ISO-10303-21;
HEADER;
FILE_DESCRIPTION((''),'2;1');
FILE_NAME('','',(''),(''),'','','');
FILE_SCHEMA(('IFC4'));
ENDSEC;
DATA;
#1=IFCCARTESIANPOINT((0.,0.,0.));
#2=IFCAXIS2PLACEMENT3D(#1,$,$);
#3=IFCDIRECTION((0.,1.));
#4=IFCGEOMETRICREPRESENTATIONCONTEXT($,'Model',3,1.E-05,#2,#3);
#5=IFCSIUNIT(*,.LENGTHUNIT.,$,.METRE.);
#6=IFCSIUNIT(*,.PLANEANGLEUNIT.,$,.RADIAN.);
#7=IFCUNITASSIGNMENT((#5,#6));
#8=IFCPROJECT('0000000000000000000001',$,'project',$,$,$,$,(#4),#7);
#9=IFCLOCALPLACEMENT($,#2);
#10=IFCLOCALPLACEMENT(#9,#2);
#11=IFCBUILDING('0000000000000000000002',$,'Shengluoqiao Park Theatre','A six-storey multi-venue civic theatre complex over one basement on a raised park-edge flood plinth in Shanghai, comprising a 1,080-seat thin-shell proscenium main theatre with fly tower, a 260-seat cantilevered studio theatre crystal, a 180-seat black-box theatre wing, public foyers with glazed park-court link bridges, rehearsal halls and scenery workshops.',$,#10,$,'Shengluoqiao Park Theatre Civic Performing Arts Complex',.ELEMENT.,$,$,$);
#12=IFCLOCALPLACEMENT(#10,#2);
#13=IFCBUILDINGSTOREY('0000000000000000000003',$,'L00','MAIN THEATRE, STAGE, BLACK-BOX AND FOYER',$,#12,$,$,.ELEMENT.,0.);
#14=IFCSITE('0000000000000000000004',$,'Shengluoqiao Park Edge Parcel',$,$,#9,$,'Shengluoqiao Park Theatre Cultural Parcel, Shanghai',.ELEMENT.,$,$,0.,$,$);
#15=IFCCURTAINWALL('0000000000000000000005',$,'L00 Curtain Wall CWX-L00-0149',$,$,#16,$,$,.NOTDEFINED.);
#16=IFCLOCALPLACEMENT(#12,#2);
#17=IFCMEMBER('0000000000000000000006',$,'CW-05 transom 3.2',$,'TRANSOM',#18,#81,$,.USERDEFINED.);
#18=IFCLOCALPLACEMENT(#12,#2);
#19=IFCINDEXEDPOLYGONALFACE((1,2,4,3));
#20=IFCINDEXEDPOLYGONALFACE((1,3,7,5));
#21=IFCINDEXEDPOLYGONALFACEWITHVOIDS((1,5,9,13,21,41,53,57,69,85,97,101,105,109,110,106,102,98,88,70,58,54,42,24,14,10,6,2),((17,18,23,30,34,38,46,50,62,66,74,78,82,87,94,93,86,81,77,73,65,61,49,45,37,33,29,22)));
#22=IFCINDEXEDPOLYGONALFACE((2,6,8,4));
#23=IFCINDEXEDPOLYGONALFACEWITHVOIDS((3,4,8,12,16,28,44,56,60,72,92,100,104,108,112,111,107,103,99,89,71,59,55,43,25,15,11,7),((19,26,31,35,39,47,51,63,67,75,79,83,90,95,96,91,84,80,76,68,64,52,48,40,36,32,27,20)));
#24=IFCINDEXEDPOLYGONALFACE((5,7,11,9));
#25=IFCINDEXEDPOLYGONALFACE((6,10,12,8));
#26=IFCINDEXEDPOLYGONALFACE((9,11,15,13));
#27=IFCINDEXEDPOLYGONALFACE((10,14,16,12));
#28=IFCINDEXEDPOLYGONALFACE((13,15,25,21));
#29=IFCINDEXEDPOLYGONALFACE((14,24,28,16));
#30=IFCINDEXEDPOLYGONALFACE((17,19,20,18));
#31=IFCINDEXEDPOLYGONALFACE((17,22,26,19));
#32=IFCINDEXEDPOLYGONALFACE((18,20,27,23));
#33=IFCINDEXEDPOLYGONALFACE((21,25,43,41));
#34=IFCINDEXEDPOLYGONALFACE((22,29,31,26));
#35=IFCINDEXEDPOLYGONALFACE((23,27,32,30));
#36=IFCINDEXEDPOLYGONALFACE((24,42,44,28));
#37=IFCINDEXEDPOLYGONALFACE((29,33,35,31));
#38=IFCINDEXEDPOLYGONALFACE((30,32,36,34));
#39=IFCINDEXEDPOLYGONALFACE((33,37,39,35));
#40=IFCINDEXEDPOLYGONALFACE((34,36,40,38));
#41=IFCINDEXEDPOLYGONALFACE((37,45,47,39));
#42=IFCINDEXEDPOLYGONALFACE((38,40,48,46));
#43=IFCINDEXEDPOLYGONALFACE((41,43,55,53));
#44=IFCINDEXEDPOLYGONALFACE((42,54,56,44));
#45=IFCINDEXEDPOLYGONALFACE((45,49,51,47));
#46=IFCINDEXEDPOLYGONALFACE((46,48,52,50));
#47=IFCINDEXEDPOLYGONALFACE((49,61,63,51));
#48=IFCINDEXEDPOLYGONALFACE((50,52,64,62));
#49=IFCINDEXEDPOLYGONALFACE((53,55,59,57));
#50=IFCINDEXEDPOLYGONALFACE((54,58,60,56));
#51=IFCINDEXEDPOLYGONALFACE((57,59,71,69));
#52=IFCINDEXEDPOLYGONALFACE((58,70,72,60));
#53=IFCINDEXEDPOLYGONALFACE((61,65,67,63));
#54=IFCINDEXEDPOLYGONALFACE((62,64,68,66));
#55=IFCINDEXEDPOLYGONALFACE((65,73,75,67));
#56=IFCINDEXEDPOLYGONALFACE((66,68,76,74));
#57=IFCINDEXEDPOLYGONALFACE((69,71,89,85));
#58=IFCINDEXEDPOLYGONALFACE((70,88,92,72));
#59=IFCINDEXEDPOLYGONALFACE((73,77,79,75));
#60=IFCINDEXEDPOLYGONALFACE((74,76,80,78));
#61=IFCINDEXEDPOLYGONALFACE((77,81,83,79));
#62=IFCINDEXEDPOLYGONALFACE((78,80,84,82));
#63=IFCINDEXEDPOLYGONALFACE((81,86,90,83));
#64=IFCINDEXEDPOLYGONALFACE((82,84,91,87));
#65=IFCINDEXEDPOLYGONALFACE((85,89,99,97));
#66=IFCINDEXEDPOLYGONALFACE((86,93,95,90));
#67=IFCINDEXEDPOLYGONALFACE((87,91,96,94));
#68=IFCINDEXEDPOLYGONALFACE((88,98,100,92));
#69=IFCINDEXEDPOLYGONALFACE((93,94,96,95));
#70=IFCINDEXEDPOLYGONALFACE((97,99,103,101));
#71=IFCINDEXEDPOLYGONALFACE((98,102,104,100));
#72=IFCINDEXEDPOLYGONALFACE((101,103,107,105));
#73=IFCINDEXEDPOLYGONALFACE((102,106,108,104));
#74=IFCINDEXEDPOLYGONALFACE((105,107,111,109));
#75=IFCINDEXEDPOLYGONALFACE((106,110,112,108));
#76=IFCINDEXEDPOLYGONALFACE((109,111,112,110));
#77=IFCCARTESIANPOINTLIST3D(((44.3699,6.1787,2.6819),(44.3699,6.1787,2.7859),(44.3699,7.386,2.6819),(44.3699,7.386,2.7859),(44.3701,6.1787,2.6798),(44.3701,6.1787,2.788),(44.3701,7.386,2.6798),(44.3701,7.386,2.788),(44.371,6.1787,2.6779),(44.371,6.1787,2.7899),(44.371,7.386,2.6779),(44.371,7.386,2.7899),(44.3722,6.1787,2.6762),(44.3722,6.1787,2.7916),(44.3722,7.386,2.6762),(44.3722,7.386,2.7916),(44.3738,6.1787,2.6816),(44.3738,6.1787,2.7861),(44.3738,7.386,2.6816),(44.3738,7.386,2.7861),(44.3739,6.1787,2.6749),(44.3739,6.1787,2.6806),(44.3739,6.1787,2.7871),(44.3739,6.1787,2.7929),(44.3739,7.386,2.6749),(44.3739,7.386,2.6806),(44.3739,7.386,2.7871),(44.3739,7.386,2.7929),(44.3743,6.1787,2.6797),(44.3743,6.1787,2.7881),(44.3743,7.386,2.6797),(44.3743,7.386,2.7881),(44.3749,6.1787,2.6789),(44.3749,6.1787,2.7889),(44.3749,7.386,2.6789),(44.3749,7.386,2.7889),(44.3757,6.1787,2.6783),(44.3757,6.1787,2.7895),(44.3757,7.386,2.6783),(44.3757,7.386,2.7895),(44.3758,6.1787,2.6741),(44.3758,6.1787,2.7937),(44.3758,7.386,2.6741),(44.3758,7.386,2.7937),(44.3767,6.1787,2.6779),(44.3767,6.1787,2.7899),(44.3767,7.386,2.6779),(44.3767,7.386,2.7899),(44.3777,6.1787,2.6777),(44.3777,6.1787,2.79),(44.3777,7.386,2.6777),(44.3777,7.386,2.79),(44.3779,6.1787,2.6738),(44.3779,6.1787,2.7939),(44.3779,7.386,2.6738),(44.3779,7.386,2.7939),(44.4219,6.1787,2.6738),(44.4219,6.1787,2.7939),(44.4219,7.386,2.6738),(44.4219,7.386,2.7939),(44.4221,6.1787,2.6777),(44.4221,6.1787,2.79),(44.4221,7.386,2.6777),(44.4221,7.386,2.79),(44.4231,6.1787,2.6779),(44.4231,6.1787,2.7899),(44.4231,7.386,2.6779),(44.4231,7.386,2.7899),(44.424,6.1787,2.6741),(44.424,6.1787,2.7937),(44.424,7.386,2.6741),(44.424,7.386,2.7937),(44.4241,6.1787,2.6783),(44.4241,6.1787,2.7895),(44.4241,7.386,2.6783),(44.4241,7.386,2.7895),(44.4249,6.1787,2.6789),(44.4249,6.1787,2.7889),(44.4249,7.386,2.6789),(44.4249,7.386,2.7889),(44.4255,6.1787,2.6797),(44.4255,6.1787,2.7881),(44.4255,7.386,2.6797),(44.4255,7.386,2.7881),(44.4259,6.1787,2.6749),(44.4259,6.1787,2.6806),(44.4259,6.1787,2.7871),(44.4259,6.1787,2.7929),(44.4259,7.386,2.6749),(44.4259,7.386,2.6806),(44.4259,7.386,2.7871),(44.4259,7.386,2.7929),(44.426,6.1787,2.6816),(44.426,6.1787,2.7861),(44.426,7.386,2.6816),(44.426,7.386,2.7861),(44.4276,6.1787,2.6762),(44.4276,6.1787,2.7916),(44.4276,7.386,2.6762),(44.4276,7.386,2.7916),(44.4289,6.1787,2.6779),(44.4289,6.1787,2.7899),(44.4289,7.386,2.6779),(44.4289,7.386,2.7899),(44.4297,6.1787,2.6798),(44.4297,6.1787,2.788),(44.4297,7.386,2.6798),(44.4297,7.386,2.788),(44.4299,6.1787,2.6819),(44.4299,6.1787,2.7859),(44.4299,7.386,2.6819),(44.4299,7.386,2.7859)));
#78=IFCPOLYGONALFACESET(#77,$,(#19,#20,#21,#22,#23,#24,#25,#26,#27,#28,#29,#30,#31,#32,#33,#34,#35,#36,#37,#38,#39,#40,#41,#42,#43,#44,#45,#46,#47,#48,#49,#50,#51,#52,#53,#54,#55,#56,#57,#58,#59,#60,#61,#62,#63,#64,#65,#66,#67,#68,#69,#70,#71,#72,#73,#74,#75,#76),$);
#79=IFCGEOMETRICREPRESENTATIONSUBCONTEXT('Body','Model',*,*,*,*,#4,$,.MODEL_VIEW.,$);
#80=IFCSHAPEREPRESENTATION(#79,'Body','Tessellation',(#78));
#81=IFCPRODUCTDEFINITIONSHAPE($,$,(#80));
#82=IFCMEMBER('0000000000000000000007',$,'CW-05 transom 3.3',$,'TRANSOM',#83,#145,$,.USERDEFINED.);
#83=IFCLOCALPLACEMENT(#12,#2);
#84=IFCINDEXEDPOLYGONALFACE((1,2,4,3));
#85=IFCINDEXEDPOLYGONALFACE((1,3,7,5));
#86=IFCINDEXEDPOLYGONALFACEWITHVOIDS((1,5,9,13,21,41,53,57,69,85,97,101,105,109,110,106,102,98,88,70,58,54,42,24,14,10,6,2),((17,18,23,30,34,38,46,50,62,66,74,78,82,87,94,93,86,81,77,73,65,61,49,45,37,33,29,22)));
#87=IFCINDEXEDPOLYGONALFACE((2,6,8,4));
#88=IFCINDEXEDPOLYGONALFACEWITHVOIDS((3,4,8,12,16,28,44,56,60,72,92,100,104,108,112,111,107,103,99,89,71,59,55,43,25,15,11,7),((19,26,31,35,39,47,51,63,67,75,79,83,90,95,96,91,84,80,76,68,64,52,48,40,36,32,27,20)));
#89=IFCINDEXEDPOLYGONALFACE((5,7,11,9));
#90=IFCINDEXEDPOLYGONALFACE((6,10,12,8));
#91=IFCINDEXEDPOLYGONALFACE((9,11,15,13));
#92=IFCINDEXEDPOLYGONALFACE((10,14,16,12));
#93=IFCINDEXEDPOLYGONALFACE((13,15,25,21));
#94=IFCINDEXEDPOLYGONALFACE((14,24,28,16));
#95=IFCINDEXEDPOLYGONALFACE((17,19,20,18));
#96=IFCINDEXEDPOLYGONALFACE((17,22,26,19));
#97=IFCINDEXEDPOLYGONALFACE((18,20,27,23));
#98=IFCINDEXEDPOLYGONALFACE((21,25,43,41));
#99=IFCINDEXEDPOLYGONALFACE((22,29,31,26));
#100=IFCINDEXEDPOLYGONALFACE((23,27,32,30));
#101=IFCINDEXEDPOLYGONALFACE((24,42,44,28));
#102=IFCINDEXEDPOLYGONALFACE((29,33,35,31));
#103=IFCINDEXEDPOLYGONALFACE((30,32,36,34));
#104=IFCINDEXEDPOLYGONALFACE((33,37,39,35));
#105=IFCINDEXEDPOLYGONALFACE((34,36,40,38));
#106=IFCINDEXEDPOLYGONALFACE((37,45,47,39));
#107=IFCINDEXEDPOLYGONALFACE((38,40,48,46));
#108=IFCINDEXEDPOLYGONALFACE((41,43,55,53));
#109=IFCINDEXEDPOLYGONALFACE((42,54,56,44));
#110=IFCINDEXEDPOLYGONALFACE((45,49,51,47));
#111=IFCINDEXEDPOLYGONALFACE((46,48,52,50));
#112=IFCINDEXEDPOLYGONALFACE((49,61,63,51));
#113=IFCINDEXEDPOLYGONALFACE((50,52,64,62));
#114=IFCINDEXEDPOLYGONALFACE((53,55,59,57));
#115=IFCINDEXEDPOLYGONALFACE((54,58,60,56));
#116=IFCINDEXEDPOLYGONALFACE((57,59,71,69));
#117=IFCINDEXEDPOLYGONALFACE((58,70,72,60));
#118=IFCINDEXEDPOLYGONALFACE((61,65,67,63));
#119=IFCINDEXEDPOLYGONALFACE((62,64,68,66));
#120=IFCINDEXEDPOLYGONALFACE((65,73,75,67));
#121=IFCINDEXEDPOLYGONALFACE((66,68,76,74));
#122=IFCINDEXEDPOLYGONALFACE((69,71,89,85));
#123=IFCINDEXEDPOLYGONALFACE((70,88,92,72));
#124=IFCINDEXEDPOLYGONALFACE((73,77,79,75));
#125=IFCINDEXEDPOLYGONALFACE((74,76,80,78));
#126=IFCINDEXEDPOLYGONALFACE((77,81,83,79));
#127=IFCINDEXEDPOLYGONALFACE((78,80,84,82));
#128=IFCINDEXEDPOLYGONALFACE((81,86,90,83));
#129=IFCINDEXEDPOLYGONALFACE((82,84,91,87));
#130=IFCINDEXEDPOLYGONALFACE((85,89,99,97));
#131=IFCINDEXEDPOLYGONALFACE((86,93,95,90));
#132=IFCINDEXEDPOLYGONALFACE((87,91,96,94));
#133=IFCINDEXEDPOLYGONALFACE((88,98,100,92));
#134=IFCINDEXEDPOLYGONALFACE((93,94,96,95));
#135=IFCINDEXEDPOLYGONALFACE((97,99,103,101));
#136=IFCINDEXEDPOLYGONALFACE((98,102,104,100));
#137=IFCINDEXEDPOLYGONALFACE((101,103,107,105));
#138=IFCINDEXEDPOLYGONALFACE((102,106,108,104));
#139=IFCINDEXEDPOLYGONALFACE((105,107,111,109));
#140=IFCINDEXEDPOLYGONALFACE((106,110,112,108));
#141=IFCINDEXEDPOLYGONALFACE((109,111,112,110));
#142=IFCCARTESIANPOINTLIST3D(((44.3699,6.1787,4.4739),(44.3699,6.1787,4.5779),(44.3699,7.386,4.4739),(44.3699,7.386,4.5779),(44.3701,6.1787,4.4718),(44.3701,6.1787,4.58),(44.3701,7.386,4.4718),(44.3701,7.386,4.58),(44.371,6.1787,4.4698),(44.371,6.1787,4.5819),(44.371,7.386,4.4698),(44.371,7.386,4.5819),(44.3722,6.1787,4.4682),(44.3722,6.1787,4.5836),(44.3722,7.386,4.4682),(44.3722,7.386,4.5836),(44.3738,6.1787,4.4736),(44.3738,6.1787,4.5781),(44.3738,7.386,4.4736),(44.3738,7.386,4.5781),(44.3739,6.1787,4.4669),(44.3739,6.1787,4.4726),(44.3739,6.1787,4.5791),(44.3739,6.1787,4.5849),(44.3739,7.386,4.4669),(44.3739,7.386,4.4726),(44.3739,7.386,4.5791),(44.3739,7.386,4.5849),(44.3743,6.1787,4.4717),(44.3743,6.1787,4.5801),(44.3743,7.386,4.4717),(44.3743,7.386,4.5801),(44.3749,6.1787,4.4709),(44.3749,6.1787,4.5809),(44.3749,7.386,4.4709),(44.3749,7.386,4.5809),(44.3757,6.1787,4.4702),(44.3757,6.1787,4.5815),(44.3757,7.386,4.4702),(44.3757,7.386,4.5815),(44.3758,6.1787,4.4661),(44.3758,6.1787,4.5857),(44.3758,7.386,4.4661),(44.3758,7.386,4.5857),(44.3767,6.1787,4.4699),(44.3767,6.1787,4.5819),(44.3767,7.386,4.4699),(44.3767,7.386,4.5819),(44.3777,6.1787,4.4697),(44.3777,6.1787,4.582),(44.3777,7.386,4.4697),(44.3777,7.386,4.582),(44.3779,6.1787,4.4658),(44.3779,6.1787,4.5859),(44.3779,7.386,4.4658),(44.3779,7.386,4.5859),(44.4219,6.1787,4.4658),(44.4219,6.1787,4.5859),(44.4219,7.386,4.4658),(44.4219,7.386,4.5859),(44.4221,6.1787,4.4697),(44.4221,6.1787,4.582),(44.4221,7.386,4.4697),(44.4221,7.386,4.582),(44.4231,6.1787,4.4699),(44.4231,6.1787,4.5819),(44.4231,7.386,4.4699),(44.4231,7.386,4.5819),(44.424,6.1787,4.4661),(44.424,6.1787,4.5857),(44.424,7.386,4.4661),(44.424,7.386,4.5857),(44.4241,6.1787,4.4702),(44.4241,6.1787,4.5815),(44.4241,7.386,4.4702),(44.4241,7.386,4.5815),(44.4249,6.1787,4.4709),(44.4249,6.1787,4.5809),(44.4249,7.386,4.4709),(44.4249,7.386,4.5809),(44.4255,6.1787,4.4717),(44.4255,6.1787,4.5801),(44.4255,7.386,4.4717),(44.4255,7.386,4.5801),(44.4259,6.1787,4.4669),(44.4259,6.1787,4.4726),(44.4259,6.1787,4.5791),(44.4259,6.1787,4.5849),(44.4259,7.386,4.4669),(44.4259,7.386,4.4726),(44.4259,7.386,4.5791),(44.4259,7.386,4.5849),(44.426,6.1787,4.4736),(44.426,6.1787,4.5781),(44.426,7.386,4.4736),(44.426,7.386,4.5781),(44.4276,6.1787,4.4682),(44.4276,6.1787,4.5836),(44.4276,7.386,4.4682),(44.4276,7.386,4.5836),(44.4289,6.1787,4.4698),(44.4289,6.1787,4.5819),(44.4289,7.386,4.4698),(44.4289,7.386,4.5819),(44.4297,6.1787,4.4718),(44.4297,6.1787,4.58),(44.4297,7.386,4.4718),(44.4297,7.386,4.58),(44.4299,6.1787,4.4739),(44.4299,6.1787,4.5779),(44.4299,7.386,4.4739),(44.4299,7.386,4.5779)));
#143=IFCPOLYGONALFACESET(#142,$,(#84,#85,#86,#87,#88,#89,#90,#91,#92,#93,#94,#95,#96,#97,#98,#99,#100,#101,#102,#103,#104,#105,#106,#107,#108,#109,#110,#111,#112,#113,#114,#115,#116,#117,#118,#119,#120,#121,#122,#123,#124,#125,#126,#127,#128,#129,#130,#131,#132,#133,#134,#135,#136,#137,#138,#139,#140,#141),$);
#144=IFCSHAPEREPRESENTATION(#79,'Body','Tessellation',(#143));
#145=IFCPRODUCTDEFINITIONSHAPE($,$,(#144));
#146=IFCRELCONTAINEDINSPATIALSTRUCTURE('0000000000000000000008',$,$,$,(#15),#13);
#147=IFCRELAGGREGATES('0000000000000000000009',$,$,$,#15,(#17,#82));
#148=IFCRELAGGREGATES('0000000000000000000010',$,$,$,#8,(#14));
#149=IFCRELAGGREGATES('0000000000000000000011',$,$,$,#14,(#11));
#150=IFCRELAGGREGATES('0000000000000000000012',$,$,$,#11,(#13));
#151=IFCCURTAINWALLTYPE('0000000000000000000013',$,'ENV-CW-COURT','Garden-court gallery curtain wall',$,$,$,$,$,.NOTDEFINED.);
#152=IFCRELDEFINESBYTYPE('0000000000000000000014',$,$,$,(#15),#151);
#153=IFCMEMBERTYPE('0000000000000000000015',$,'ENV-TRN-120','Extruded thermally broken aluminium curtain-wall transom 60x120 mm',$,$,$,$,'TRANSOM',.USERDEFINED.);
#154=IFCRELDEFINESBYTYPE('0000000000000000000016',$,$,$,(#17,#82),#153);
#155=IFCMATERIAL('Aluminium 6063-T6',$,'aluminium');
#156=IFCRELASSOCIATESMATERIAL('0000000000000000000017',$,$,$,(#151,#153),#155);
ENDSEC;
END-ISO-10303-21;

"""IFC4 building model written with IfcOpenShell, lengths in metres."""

from ifc_helpers import new_model, si_unit, direction, frame, origin, origin_2d, place, context, subcontext, project, spatial, hollow_rectangle, extrude, material, material_profile, profile_set, type_object, element, aggregate, save


model = new_model("IFC4")

# Units and contexts
model_context = context("Model", 3, precision=1e-05, world=origin(), true_north=direction((0.0, 1.0)))
body_context = subcontext(model_context, "Body", "Model", "MODEL_VIEW")
ifc_project = project(units=[si_unit("LENGTHUNIT", "METRE"), si_unit("PLANEANGLEUNIT", "RADIAN")], contexts=[model_context])

# Site, building, storey
site_placement = place(None, origin())
site = spatial("IfcSite", under=ifc_project, at=site_placement, Name="Shengluoqiao Park Edge Parcel", LongName="Shengluoqiao Park Theatre Cultural Parcel, Shanghai", CompositionType="ELEMENT", RefElevation=0.0)
building_placement = place(site_placement, origin())
building = spatial("IfcBuilding", under=site, at=building_placement, Name="Shengluoqiao Park Theatre", Description="A six-storey multi-venue civic theatre complex over one basement on a raised park-edge flood plinth in Shanghai, comprising a 1,080-seat thin-shell proscenium main theatre with fly tower, a 260-seat cantilevered studio theatre crystal, a 180-seat black-box theatre wing, public foyers with glazed park-court link bridges, rehearsal halls and scenery workshops.", LongName="Shengluoqiao Park Theatre Civic Performing Arts Complex", CompositionType="ELEMENT")
storey_placement = place(building_placement, origin())
storey = spatial("IfcBuildingStorey", under=building, at=storey_placement, Name="L00", Description="MAIN THEATRE, STAGE, BLACK-BOX AND FOYER", CompositionType="ELEMENT", Elevation=0.0)

# Curtain wall
ifc_material_1 = material(Name="Aluminium 6063-T6", Category="aluminium")
curtain_wall_type = type_object("IfcCurtainWallType", Name="ENV-CW-COURT", Description="Garden-court gallery curtain wall", PredefinedType="NOTDEFINED", material=ifc_material_1)
curtain_wall_1_placement = place(storey_placement, origin())
curtain_wall_1 = element("IfcCurtainWall", 1, at=curtain_wall_1_placement, inside=storey, type_object=curtain_wall_type, Name="L00 Curtain Wall CWX-L00-0149", PredefinedType="NOTDEFINED")

# Members
ifc_material_profile_1 = material_profile(ifc_material_1, hollow_rectangle(XDim=0.0601, YDim=0.1201, WallThickness=0.0039, InnerFilletRadius=0.0039, OuterFilletRadius=0.0081, at=origin_2d()), Name="ALU TRANSOM 120x60x4")
ifc_profile_set_1 = profile_set([ifc_material_profile_1], Name="Aluminium 6063-T6")
member_type_1 = type_object("IfcMemberType", Name="ENV-TRN-120", Description="Extruded thermally broken aluminium curtain-wall transom 60x120 mm", ElementType="TRANSOM", PredefinedType="USERDEFINED", material=ifc_profile_set_1)
member_1_placement = place(storey_placement, frame((44.3999, 6.1787, 2.7339), z_axis=(0.0, 1.0, 0.0), x_axis=(-1.0, 0.0, 0.0)))
member_1 = element("IfcMember", 2, at=member_1_placement, type_object=member_type_1, Name="CW-05 transom 3.2", ObjectType="TRANSOM", PredefinedType="USERDEFINED", context=body_context, shape_type="SweptSolid", body=[
    extrude(hollow_rectangle(XDim=0.0601, YDim=0.1201, WallThickness=0.0039, InnerFilletRadius=0.0039, OuterFilletRadius=0.0081, at=origin_2d()), origin(), (0.0, 0.0, 1.0), 1.2073),
])
member_2_placement = place(storey_placement, frame((44.3999, 6.1787, 4.5259), z_axis=(0.0, 1.0, 0.0), x_axis=(-1.0, 0.0, 0.0)))
member_2 = element("IfcMember", 3, at=member_2_placement, type_object=member_type_1, Name="CW-05 transom 3.3", ObjectType="TRANSOM", PredefinedType="USERDEFINED", context=body_context, shape_type="SweptSolid", body=[
    extrude(hollow_rectangle(XDim=0.0601, YDim=0.1201, WallThickness=0.0039, InnerFilletRadius=0.0039, OuterFilletRadius=0.0081, at=origin_2d()), origin(), (0.0, 0.0, 1.0), 1.2073),
])

aggregate(curtain_wall_1, [member_1, member_2])

save(model, "model.ifc")
